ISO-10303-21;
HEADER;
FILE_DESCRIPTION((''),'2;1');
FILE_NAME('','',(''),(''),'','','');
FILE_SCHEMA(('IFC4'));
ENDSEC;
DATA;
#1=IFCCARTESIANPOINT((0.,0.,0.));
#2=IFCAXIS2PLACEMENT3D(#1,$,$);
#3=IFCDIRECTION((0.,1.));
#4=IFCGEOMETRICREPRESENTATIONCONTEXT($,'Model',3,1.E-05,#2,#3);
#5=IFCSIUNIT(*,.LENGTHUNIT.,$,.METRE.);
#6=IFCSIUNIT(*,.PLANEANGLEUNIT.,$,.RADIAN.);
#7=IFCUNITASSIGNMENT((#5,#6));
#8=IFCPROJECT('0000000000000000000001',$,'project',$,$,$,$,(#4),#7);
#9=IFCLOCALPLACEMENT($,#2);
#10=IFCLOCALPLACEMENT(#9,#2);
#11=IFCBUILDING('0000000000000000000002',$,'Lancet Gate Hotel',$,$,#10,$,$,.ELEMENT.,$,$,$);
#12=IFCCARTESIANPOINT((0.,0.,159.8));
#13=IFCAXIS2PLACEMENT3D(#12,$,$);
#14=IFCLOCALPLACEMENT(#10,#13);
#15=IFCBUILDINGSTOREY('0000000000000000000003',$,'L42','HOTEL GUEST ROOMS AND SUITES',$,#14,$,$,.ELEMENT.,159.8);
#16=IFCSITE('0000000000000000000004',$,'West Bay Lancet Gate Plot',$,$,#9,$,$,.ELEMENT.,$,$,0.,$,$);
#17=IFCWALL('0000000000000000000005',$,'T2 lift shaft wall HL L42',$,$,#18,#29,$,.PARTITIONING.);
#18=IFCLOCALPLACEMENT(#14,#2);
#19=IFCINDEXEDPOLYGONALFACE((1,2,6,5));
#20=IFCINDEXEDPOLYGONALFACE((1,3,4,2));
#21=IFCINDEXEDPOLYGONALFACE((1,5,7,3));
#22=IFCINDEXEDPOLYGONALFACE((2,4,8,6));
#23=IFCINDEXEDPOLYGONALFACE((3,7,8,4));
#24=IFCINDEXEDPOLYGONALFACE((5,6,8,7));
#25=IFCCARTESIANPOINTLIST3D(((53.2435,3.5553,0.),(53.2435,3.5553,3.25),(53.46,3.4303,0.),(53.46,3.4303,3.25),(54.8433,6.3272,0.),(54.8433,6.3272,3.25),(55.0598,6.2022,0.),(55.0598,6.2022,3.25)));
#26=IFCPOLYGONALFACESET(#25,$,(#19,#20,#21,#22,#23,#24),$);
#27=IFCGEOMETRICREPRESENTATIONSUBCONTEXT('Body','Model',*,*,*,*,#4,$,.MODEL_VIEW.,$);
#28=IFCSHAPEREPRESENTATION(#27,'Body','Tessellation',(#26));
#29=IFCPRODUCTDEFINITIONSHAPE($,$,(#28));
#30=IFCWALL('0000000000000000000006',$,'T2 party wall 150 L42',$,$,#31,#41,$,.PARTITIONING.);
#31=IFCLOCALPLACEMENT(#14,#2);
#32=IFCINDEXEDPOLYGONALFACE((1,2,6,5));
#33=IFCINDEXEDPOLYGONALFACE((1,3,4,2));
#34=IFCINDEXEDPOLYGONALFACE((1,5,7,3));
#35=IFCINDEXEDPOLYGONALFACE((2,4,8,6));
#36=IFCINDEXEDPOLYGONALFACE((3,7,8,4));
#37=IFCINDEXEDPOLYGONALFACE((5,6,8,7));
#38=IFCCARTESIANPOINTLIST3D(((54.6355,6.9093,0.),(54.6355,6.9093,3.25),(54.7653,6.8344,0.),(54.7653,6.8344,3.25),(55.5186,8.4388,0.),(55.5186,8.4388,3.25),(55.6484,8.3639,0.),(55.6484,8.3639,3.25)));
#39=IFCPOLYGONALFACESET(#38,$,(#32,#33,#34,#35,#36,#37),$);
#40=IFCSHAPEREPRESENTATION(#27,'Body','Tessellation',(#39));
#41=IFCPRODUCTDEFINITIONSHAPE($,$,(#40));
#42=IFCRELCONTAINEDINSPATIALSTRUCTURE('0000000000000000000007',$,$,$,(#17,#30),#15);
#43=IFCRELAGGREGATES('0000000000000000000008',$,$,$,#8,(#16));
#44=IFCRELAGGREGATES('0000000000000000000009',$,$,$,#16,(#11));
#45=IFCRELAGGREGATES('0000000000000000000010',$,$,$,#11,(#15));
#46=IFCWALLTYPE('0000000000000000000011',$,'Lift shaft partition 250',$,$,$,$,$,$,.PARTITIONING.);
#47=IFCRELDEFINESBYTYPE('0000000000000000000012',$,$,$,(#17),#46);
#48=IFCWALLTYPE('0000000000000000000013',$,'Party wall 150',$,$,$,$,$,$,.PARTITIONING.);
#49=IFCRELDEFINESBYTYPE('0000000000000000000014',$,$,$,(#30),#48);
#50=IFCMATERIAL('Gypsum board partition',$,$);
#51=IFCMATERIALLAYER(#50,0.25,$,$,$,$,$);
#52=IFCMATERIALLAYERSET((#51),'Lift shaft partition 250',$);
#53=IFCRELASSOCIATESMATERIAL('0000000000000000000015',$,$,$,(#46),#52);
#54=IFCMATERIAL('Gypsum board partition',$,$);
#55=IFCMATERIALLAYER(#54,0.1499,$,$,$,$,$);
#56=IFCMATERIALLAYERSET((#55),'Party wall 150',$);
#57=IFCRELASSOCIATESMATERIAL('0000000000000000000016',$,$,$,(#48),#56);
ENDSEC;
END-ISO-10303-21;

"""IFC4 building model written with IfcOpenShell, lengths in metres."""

from ifc_helpers import new_model, si_unit, direction, frame, frame_2d, origin, place, context, subcontext, project, spatial, rectangle, extrude, material, layer, layer_set, type_object, element, save


model = new_model("IFC4")

# Units and contexts
model_context = context("Model", 3, precision=1e-05, world=origin(), true_north=direction((0.0, 1.0)))
body_context = subcontext(model_context, "Body", "Model", "MODEL_VIEW")
ifc_project = project(units=[si_unit("LENGTHUNIT", "METRE"), si_unit("PLANEANGLEUNIT", "RADIAN")], contexts=[model_context])

# Site, building, storey
site_placement = place(None, origin())
site = spatial("IfcSite", under=ifc_project, at=site_placement, Name="West Bay Lancet Gate Plot", CompositionType="ELEMENT", RefElevation=0.0)
building_placement = place(site_placement, origin())
building = spatial("IfcBuilding", under=site, at=building_placement, Name="Lancet Gate Hotel", CompositionType="ELEMENT")
storey_placement = place(building_placement, frame((0.0, 0.0, 159.8)))
storey = spatial("IfcBuildingStorey", under=building, at=storey_placement, Name="L42", Description="HOTEL GUEST ROOMS AND SUITES", CompositionType="ELEMENT", Elevation=159.8)

# Walls
ifc_material_1 = material(Name="Gypsum board partition")
ifc_layer_1 = layer(ifc_material_1, 0.25)
ifc_layer_set_1 = layer_set([ifc_layer_1], Name="Lift shaft partition 250")
wall_type_1 = type_object("IfcWallType", Name="Lift shaft partition 250", PredefinedType="PARTITIONING", material=ifc_layer_set_1)
wall_1_placement = place(storey_placement, frame((53.3518, 3.4929, 0.0), z_axis=(0.0, 0.0, 1.0), x_axis=(0.499872, 0.866099, 0.0)))
element("IfcWall", 1, at=wall_1_placement, inside=storey, type_object=wall_type_1, Name="T2 lift shaft wall HL L42", PredefinedType="PARTITIONING", context=body_context, shape_type="SweptSolid", body=[
    extrude(rectangle(XDim=3.2004, YDim=0.25, at=frame_2d((1.6001, 0.0))), origin(), (0.0, 0.0, 1.0), 3.25),
])
ifc_material_2 = material(Name="Gypsum board partition")
ifc_layer_2 = layer(ifc_material_2, 0.1499)
ifc_layer_set_2 = layer_set([ifc_layer_2], Name="Party wall 150")
wall_type_2 = type_object("IfcWallType", Name="Party wall 150", PredefinedType="PARTITIONING", material=ifc_layer_set_2)
wall_2_placement = place(storey_placement, frame((54.7004, 6.8718, 0.0), z_axis=(0.0, 0.0, 1.0), x_axis=(0.49999, 0.866031, 0.0)))
element("IfcWall", 2, at=wall_2_placement, inside=storey, type_object=wall_type_2, Name="T2 party wall 150 L42", PredefinedType="PARTITIONING", context=body_context, shape_type="SweptSolid", body=[
    extrude(rectangle(XDim=1.7661, YDim=0.1499, at=frame_2d((0.8831, 0.0))), origin(), (0.0, 0.0, 1.0), 3.25),
])

save(model, "model.ifc")
